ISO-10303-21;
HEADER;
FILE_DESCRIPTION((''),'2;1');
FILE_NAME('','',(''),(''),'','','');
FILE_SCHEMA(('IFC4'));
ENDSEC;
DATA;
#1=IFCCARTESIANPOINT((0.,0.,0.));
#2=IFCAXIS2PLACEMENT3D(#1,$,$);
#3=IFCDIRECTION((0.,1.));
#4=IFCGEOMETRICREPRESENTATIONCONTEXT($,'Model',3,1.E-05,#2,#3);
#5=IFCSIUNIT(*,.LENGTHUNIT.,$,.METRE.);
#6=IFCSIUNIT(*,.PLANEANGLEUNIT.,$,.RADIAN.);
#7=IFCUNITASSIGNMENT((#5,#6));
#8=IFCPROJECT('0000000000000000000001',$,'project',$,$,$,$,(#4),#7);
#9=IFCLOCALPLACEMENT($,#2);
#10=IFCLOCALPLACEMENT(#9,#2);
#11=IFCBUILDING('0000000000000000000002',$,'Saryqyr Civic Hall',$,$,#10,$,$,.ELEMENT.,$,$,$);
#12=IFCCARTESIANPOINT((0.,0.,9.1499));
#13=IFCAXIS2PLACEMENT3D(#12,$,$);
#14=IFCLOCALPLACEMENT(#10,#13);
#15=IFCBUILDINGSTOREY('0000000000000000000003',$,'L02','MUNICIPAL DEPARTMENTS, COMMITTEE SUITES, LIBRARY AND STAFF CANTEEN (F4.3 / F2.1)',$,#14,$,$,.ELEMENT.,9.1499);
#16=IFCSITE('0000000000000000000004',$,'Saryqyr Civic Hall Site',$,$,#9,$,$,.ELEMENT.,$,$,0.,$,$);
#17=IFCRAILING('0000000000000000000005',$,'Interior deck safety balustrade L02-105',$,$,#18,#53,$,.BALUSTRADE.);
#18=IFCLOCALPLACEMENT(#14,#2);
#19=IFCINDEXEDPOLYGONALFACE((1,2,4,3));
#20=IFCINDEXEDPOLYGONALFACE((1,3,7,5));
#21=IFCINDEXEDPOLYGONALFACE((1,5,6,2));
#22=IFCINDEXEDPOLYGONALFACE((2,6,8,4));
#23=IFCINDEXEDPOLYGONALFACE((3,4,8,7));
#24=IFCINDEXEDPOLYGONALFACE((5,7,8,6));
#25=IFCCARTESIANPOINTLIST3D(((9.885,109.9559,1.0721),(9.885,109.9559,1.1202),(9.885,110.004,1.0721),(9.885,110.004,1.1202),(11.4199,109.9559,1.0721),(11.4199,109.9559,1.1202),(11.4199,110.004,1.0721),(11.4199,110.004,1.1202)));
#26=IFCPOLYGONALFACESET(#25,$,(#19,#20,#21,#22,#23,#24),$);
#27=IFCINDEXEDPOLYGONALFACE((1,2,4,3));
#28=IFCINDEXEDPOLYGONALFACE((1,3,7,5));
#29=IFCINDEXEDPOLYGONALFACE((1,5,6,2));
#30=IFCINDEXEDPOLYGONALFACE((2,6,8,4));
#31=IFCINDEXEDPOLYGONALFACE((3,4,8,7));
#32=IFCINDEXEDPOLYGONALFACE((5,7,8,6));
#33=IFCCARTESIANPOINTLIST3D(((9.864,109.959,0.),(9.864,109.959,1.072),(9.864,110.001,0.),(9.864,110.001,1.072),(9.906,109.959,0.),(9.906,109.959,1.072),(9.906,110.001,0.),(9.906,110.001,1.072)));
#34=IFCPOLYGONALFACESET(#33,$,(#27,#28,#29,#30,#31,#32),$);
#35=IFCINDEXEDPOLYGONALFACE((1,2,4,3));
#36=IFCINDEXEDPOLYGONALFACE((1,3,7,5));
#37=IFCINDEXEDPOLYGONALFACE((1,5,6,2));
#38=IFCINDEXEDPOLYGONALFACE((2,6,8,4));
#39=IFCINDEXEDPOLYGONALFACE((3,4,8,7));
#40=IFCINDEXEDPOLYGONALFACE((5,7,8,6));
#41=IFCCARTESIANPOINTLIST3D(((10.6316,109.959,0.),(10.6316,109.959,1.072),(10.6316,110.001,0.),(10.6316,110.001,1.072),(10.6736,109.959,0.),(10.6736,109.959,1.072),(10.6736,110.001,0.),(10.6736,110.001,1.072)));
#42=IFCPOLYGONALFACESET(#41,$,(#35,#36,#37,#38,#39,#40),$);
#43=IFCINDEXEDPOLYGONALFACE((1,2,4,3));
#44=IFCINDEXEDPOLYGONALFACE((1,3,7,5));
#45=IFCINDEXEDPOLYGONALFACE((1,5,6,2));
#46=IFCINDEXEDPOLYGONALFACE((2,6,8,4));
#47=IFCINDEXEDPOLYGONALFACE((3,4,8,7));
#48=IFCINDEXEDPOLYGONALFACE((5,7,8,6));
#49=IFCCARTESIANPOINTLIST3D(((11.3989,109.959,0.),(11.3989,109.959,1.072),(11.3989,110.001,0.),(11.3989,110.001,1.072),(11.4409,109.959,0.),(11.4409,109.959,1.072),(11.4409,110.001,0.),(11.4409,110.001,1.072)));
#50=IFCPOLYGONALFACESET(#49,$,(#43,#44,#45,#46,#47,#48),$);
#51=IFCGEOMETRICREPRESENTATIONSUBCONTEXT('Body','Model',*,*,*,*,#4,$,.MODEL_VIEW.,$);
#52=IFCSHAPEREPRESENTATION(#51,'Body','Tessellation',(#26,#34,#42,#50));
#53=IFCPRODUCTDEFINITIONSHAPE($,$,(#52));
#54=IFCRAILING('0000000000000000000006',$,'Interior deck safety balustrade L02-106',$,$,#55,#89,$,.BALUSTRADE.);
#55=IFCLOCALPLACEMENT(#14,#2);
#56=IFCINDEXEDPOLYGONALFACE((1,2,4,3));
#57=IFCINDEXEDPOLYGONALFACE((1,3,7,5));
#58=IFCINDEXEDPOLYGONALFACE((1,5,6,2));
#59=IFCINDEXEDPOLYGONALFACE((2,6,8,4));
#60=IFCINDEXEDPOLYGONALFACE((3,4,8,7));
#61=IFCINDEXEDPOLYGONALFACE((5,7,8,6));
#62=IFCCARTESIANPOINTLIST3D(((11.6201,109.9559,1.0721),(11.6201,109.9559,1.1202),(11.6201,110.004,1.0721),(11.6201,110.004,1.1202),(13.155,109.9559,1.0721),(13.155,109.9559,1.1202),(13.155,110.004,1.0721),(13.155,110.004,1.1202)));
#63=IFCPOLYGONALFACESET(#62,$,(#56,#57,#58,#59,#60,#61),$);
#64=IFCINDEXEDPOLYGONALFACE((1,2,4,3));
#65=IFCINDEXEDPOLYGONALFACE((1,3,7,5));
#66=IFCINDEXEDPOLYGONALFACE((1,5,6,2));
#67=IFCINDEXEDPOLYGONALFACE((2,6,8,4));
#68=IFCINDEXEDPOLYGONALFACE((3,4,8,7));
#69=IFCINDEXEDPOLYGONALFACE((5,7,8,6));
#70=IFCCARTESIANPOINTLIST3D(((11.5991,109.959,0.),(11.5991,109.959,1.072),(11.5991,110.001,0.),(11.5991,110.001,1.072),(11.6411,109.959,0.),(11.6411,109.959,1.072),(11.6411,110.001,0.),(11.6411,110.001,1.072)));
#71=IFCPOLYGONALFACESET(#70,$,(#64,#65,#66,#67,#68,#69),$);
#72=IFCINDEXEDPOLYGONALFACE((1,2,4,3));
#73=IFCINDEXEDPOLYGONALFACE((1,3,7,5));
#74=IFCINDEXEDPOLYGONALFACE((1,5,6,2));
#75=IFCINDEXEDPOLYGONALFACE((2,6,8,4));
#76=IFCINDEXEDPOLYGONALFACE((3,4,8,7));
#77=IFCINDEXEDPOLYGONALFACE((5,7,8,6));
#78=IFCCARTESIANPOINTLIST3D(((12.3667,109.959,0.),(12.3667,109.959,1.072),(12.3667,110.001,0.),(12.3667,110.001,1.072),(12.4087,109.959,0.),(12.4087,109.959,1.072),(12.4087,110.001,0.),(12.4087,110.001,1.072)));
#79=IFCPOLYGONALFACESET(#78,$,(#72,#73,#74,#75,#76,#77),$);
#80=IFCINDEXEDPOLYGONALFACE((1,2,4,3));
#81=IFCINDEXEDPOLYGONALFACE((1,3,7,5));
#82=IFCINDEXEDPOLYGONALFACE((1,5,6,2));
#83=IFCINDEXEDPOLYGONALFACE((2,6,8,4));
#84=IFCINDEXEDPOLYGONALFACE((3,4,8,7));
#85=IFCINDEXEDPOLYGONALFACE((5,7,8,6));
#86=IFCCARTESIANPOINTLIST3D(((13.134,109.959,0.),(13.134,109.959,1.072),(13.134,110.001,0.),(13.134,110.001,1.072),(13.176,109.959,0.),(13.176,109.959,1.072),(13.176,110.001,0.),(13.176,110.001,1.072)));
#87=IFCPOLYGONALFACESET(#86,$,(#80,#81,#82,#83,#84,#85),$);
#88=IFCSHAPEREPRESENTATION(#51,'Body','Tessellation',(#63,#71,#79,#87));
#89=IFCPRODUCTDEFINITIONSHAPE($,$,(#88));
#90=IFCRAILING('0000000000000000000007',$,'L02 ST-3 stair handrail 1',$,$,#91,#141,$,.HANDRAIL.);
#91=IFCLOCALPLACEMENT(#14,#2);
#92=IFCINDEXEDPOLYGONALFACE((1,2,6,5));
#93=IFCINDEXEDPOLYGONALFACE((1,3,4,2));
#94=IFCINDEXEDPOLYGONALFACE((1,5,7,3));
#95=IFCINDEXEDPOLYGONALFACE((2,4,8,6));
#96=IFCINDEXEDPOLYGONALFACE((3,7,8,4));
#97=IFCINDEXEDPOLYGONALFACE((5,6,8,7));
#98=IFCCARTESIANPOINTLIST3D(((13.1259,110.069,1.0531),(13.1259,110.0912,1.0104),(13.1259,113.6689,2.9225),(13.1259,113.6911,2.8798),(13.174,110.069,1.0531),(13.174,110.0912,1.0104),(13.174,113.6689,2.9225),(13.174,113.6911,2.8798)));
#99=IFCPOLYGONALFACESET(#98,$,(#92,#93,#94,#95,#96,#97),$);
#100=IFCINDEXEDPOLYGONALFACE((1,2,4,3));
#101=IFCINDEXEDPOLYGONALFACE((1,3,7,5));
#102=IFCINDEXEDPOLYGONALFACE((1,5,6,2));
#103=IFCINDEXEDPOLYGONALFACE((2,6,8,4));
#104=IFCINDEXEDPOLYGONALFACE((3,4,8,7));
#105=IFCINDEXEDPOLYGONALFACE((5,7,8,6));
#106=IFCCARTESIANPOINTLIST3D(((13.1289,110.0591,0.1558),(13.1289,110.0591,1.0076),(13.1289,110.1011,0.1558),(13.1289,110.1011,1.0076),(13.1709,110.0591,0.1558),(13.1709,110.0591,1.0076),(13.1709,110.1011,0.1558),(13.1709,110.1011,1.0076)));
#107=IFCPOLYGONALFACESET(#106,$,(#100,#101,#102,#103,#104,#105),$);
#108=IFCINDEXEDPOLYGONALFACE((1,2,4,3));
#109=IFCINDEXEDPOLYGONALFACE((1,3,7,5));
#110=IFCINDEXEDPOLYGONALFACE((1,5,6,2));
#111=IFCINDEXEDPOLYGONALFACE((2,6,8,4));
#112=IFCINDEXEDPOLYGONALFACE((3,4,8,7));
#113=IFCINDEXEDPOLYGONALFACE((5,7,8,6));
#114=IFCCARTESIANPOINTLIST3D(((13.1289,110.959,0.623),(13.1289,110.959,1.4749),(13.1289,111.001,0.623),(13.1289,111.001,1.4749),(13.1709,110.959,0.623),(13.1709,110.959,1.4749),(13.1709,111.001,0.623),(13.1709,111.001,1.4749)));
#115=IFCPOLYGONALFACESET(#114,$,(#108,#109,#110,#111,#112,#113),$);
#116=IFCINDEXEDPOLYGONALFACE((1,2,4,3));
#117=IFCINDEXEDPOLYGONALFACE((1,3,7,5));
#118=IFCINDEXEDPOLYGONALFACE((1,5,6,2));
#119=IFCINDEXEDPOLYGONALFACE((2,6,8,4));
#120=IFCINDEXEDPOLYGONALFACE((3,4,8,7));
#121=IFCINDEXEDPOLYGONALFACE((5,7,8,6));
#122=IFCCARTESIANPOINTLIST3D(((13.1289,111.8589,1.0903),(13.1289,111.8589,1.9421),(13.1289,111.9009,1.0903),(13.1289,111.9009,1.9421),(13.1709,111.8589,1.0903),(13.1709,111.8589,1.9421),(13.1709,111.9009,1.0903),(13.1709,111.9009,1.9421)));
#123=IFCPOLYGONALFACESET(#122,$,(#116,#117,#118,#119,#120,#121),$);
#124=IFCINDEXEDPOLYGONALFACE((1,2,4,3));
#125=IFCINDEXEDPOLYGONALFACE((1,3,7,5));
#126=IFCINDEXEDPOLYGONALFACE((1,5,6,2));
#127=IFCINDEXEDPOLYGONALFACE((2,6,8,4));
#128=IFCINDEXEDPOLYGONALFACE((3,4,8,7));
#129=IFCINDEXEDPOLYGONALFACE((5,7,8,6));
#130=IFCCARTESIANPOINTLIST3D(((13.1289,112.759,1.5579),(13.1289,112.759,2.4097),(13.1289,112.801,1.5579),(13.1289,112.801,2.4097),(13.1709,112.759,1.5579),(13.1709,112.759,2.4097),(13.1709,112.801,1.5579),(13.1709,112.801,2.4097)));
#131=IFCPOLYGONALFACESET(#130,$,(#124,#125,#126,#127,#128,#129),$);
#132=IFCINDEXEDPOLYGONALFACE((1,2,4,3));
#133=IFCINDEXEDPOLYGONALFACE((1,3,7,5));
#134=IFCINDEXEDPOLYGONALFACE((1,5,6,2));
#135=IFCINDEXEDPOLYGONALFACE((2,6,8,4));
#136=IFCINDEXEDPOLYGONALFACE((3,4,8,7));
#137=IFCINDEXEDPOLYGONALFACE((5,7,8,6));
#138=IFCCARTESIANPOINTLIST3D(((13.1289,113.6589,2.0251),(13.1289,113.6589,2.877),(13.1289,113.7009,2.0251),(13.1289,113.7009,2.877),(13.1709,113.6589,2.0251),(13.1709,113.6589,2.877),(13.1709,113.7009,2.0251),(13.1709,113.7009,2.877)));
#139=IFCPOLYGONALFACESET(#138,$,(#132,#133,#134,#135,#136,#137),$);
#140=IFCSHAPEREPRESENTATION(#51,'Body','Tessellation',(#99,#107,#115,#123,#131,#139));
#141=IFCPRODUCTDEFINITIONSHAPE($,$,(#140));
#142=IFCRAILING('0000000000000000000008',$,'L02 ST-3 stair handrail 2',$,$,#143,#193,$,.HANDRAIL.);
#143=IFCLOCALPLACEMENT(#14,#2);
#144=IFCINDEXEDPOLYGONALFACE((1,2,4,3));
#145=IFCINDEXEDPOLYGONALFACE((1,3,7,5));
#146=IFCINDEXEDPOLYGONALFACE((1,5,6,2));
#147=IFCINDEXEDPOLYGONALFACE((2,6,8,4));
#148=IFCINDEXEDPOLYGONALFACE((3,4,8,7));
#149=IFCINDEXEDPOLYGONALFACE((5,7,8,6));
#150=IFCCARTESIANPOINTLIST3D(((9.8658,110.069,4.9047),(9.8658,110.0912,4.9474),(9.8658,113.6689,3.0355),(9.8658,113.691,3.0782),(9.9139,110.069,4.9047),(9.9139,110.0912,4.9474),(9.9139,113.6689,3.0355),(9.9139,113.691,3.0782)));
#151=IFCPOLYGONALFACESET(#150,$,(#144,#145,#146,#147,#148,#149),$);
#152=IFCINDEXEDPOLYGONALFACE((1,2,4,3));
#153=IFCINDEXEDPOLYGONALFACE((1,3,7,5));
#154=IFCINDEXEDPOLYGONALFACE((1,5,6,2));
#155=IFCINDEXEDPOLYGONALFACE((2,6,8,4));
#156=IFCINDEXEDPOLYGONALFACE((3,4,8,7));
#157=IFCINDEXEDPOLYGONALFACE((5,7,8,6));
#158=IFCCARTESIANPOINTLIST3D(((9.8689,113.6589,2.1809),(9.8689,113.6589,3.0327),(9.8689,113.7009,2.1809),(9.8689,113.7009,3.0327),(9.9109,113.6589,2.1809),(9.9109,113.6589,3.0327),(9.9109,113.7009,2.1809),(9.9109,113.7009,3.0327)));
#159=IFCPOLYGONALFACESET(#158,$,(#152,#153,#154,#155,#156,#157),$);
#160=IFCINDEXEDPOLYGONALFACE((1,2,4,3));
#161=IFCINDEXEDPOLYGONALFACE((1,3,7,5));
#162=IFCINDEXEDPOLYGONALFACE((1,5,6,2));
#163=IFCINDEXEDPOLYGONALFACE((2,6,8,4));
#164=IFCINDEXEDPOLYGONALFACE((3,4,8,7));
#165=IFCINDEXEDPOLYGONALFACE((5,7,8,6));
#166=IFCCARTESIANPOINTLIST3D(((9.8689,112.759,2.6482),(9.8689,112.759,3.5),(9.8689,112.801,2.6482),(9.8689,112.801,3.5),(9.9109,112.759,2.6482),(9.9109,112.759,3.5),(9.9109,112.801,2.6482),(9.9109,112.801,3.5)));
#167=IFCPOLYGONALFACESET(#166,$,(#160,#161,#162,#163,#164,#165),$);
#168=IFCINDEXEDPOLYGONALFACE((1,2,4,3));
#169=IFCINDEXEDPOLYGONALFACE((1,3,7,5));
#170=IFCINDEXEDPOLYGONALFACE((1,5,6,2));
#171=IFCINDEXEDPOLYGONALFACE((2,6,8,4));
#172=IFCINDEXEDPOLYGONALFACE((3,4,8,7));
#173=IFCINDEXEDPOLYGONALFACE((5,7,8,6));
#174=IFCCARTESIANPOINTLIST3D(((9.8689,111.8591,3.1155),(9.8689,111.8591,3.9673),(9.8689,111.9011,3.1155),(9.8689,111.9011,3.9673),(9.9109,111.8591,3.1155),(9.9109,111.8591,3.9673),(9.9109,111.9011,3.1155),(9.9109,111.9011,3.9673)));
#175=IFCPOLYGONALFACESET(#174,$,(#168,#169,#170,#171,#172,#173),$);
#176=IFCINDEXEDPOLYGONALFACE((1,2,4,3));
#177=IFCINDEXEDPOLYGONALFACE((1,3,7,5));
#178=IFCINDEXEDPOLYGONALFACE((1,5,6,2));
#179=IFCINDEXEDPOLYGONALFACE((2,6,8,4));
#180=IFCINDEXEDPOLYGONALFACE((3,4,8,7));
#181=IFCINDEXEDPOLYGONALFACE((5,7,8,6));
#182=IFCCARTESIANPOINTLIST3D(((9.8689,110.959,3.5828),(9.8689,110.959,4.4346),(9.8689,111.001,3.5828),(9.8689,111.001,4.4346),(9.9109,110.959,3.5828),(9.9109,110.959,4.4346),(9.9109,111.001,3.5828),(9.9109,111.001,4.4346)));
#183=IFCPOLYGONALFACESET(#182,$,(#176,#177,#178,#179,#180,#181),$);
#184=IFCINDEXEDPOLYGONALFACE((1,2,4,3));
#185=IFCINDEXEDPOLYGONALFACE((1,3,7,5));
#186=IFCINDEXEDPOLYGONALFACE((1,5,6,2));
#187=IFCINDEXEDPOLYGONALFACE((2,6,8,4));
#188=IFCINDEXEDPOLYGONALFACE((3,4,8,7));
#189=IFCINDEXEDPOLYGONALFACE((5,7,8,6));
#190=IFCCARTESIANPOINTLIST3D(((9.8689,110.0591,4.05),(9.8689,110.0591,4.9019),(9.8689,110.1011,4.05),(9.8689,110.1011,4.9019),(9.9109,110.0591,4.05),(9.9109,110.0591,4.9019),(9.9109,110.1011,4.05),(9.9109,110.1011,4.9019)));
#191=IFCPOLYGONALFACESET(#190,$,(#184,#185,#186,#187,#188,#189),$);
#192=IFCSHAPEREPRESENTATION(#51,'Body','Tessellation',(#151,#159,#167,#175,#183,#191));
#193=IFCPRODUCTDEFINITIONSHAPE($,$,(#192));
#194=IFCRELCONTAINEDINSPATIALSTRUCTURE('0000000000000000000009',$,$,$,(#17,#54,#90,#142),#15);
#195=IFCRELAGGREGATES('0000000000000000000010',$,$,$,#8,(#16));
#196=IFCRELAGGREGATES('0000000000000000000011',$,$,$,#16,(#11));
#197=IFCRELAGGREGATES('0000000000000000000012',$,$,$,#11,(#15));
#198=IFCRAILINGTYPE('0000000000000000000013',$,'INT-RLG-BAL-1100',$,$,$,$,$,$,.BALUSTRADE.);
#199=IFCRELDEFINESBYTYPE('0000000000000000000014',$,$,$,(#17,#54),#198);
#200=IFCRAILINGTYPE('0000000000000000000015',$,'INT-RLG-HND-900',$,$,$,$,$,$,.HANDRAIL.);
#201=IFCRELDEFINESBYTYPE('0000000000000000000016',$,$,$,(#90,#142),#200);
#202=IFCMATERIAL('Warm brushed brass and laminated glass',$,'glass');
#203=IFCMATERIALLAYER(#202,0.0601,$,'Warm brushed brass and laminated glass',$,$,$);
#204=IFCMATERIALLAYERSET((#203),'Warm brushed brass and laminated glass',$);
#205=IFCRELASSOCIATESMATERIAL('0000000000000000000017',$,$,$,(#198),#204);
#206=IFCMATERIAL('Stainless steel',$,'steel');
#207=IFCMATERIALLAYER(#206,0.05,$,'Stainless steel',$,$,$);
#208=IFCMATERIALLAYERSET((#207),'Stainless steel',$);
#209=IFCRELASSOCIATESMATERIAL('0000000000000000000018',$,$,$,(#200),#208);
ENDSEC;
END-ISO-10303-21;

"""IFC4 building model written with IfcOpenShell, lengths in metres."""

from ifc_helpers import new_model, si_unit, direction, frame, origin, origin_2d, place, context, subcontext, project, spatial, rectangle, extrude, material, layer, layer_set, type_object, element, save


model = new_model("IFC4")

# Units and contexts
model_context = context("Model", 3, precision=1e-05, world=origin(), true_north=direction((0.0, 1.0)))
body_context = subcontext(model_context, "Body", "Model", "MODEL_VIEW")
ifc_project = project(units=[si_unit("LENGTHUNIT", "METRE"), si_unit("PLANEANGLEUNIT", "RADIAN")], contexts=[model_context])

# Site, building, storey
site_placement = place(None, origin())
site = spatial("IfcSite", under=ifc_project, at=site_placement, Name="Saryqyr Civic Hall Site", CompositionType="ELEMENT", RefElevation=0.0)
building_placement = place(site_placement, origin())
building = spatial("IfcBuilding", under=site, at=building_placement, Name="Saryqyr Civic Hall", CompositionType="ELEMENT")
storey_placement = place(building_placement, frame((0.0, 0.0, 9.1499)))
storey = spatial("IfcBuildingStorey", under=building, at=storey_placement, Name="L02", Description="MUNICIPAL DEPARTMENTS, COMMITTEE SUITES, LIBRARY AND STAFF CANTEEN (F4.3 / F2.1)", CompositionType="ELEMENT", Elevation=9.1499)

# Railings
ifc_material_1 = material(Name="Warm brushed brass and laminated glass", Category="glass")
ifc_layer_1 = layer(ifc_material_1, 0.0601, Name="Warm brushed brass and laminated glass")
ifc_layer_set_1 = layer_set([ifc_layer_1], Name="Warm brushed brass and laminated glass")
railing_type_1 = type_object("IfcRailingType", Name="INT-RLG-BAL-1100", PredefinedType="BALUSTRADE", material=ifc_layer_set_1)
for number, where, name in (
    (1, (9.885, 109.98, 0.0), "Interior deck safety balustrade L02-105"),
    (2, (11.6201, 109.98, 0.0), "Interior deck safety balustrade L02-106"),
):
    element("IfcRailing", number, at=place(storey_placement, frame(where)), inside=storey, type_object=railing_type_1, Name=name, PredefinedType="BALUSTRADE", context=body_context, shape_type="SweptSolid", body=[
        extrude(rectangle(XDim=0.0481, YDim=0.0481, at=origin_2d()), frame((0.0, 0.0, 1.0962), z_axis=(1.0, 0.0, 0.0), x_axis=(0.0, 1.0, 0.0)), (0.0, 0.0, 1.0), 1.5349),
        extrude(rectangle(XDim=0.042, YDim=0.042, at=origin_2d()), origin(), (0.0, 0.0, 1.0), 1.072),
        extrude(rectangle(XDim=0.042, YDim=0.042, at=origin_2d()), frame((0.7676, 0.0, 0.0)), (0.0, 0.0, 1.0), 1.072),
        extrude(rectangle(XDim=0.042, YDim=0.042, at=origin_2d()), frame((1.5349, 0.0, 0.0)), (0.0, 0.0, 1.0), 1.072),
    ])
ifc_material_2 = material(Name="Stainless steel", Category="steel")
ifc_layer_2 = layer(ifc_material_2, 0.05, Name="Stainless steel")
ifc_layer_set_2 = layer_set([ifc_layer_2], Name="Stainless steel")
railing_type_2 = type_object("IfcRailingType", Name="INT-RLG-HND-900", PredefinedType="HANDRAIL", material=ifc_layer_set_2)
railing_1_placement = place(storey_placement, frame((13.1499, 110.0801, 0.1558)))
element("IfcRailing", 3, at=railing_1_placement, inside=storey, type_object=railing_type_2, Name="L02 ST-3 stair handrail 1", PredefinedType="HANDRAIL", context=body_context, shape_type="SweptSolid", body=[
    extrude(rectangle(XDim=0.0481, YDim=0.0481, at=origin_2d()), frame((0.0, 0.0, 0.876), z_axis=(0.0, 0.887473, 0.46086), x_axis=(-1.0, 0.0, 0.0)), (0.0, 0.0, 1.0), 4.0564),
    extrude(rectangle(XDim=0.042, YDim=0.042, at=origin_2d()), origin(), (0.0, 0.0, 1.0), 0.8518),
    extrude(rectangle(XDim=0.042, YDim=0.042, at=origin_2d()), frame((0.0, 0.8999, 0.4673)), (0.0, 0.0, 1.0), 0.8518),
    extrude(rectangle(XDim=0.042, YDim=0.042, at=origin_2d()), frame((0.0, 1.7998, 0.9346)), (0.0, 0.0, 1.0), 0.8518),
    extrude(rectangle(XDim=0.042, YDim=0.042, at=origin_2d()), frame((0.0, 2.7, 1.4021)), (0.0, 0.0, 1.0), 0.8518),
    extrude(rectangle(XDim=0.042, YDim=0.042, at=origin_2d()), frame((0.0, 3.5999, 1.8694)), (0.0, 0.0, 1.0), 0.8518),
])
railing_2_placement = place(storey_placement, frame((9.8899, 113.6799, 2.1809)))
element("IfcRailing", 4, at=railing_2_placement, inside=storey, type_object=railing_type_2, Name="L02 ST-3 stair handrail 2", PredefinedType="HANDRAIL", context=body_context, shape_type="SweptSolid", body=[
    extrude(rectangle(XDim=0.0481, YDim=0.0481, at=origin_2d()), frame((0.0, 0.0, 0.876), z_axis=(0.0, -0.887497, 0.460813), x_axis=(1.0, 0.0, 0.0)), (0.0, 0.0, 1.0), 4.0562),
    extrude(rectangle(XDim=0.042, YDim=0.042, at=origin_2d()), origin(), (0.0, 0.0, 1.0), 0.8518),
    extrude(rectangle(XDim=0.042, YDim=0.042, at=origin_2d()), frame((0.0, -0.8999, 0.4673)), (0.0, 0.0, 1.0), 0.8518),
    extrude(rectangle(XDim=0.042, YDim=0.042, at=origin_2d()), frame((0.0, -1.7998, 0.9346)), (0.0, 0.0, 1.0), 0.8518),
    extrude(rectangle(XDim=0.042, YDim=0.042, at=origin_2d()), frame((0.0, -2.7, 1.4019)), (0.0, 0.0, 1.0), 0.8518),
    extrude(rectangle(XDim=0.042, YDim=0.042, at=origin_2d()), frame((0.0, -3.5999, 1.8691)), (0.0, 0.0, 1.0), 0.8518),
])

save(model, "model.ifc")
